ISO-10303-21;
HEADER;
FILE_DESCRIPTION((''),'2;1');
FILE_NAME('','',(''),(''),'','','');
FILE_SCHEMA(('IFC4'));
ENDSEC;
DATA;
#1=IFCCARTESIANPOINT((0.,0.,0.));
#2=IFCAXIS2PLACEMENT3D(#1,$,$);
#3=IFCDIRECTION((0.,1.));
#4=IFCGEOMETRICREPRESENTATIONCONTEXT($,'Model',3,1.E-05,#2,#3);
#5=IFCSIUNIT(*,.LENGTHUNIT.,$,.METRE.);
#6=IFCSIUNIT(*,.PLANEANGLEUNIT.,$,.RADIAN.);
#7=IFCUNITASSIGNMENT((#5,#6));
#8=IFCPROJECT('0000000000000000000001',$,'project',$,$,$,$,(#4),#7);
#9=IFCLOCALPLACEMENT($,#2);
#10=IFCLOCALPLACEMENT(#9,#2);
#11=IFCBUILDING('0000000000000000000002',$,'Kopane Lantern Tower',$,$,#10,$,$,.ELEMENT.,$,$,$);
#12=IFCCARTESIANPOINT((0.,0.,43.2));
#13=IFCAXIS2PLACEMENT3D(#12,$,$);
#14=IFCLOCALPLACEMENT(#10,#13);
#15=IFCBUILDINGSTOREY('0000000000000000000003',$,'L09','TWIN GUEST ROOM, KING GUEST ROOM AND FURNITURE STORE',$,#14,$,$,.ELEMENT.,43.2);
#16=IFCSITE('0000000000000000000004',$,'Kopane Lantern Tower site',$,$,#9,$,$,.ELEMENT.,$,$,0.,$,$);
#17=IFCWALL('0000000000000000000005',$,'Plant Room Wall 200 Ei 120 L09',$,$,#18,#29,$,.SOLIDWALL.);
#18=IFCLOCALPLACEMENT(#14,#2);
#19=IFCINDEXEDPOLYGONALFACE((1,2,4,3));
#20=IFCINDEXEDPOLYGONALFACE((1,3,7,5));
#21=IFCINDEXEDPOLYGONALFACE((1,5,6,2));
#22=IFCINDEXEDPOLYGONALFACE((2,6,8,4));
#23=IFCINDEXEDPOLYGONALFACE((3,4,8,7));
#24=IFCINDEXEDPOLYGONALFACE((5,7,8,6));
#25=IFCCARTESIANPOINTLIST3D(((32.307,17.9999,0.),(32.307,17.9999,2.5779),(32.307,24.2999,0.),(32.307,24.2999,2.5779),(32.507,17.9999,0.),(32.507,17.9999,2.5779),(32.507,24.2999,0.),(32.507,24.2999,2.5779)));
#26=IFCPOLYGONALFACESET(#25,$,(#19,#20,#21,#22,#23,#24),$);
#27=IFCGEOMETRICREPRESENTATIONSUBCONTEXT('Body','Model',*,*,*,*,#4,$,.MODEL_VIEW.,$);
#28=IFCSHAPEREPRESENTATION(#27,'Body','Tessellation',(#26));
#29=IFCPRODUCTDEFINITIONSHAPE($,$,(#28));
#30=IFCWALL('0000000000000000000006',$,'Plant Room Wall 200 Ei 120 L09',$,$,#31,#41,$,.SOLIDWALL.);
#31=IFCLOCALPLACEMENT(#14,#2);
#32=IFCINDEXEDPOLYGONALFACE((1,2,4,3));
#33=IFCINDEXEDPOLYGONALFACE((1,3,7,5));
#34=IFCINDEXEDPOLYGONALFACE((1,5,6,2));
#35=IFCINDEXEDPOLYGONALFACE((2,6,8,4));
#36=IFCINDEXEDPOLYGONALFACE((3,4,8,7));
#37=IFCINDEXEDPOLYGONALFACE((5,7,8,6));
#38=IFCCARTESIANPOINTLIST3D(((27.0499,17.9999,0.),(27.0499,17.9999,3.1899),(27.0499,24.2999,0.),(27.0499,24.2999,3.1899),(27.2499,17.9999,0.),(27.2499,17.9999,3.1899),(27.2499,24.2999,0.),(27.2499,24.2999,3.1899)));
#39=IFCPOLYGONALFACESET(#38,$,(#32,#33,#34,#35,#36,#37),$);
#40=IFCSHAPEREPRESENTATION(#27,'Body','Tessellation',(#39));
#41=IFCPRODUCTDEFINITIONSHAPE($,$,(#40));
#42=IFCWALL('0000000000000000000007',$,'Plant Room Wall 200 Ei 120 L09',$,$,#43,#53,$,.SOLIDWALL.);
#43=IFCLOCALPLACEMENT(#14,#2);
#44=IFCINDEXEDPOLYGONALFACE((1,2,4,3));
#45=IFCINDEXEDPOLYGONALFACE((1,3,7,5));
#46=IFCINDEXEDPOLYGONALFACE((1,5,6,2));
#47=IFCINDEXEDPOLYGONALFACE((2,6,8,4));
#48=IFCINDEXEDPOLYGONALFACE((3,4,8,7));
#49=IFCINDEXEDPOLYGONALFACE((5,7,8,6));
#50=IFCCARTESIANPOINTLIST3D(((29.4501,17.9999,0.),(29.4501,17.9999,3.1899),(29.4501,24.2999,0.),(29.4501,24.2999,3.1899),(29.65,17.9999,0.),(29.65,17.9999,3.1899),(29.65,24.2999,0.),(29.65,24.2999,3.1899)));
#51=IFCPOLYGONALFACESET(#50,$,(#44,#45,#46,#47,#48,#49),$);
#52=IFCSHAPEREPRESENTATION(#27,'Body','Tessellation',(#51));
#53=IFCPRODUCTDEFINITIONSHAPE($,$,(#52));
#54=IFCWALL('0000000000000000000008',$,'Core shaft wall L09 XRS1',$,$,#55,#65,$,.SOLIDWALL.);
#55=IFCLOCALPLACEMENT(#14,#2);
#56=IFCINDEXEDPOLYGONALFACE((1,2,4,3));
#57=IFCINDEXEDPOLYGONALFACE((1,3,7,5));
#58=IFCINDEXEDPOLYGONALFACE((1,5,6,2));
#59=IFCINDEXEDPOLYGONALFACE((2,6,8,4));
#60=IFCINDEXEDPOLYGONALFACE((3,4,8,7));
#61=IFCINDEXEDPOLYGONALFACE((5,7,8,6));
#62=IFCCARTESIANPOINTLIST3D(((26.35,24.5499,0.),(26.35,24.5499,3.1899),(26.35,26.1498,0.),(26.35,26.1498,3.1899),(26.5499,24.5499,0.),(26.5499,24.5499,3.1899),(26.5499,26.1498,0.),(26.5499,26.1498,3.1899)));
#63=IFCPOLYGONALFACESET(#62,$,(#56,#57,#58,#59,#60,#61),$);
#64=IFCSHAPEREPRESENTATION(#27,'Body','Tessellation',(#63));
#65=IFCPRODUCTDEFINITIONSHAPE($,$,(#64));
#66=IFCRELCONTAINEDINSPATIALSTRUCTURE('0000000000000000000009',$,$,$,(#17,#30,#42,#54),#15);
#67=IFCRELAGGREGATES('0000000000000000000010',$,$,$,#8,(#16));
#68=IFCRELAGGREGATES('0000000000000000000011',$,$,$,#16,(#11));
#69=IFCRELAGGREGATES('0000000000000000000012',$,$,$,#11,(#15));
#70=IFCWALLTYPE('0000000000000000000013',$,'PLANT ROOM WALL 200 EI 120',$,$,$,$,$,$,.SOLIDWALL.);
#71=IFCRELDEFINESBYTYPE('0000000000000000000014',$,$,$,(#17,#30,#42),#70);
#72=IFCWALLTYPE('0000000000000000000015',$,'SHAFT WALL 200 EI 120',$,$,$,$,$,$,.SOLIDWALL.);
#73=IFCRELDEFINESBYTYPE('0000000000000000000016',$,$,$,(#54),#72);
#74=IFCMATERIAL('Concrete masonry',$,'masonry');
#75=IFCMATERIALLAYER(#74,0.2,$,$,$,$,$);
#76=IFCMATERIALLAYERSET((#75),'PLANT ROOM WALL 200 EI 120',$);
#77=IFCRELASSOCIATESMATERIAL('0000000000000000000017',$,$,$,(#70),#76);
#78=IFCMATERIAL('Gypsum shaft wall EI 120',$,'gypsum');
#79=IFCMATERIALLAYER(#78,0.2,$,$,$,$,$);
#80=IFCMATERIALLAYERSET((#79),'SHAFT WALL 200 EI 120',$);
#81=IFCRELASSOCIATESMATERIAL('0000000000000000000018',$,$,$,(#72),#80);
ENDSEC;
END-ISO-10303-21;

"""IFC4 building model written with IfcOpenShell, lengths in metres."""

from ifc_helpers import new_model, si_unit, direction, frame, frame_2d, origin, place, context, subcontext, project, spatial, rectangle, extrude, material, layer, layer_set, type_object, element, save


model = new_model("IFC4")

# Units and contexts
model_context = context("Model", 3, precision=1e-05, world=origin(), true_north=direction((0.0, 1.0)))
body_context = subcontext(model_context, "Body", "Model", "MODEL_VIEW")
ifc_project = project(units=[si_unit("LENGTHUNIT", "METRE"), si_unit("PLANEANGLEUNIT", "RADIAN")], contexts=[model_context])

# Site, building, storey
site_placement = place(None, origin())
site = spatial("IfcSite", under=ifc_project, at=site_placement, Name="Kopane Lantern Tower site", CompositionType="ELEMENT", RefElevation=0.0)
building_placement = place(site_placement, origin())
building = spatial("IfcBuilding", under=site, at=building_placement, Name="Kopane Lantern Tower", CompositionType="ELEMENT")
storey_placement = place(building_placement, frame((0.0, 0.0, 43.2)))
storey = spatial("IfcBuildingStorey", under=building, at=storey_placement, Name="L09", Description="TWIN GUEST ROOM, KING GUEST ROOM AND FURNITURE STORE", CompositionType="ELEMENT", Elevation=43.2)

# Walls
ifc_material_1 = material(Name="Concrete masonry", Category="masonry")
ifc_layer_1 = layer(ifc_material_1, 0.2)
ifc_layer_set_1 = layer_set([ifc_layer_1], Name="PLANT ROOM WALL 200 EI 120")
wall_type_1 = type_object("IfcWallType", Name="PLANT ROOM WALL 200 EI 120", PredefinedType="SOLIDWALL", material=ifc_layer_set_1)
wall_1_placement = place(storey_placement, frame((32.407, 18.0, 0.0), z_axis=(0.0, 0.0, 1.0), x_axis=(0.0, 1.0, 0.0)))
element("IfcWall", 1, at=wall_1_placement, inside=storey, type_object=wall_type_1, Name="Plant Room Wall 200 Ei 120 L09", PredefinedType="SOLIDWALL", context=body_context, shape_type="SweptSolid", body=[
    extrude(rectangle(XDim=6.3, YDim=0.2, at=frame_2d((3.1499, 0.0))), origin(), (0.0, 0.0, 1.0), 2.5779),
])
for number, where, z_axis, x_axis, name in (
    (2, (27.1499, 18.0, 0.0), (0.0, 0.0, 1.0), (0.0, 1.0, 0.0), "Plant Room Wall 200 Ei 120 L09"),
    (3, (29.55, 18.0, 0.0), (0.0, 0.0, 1.0), (0.0, 1.0, 0.0), "Plant Room Wall 200 Ei 120 L09"),
):
    element("IfcWall", number, at=place(storey_placement, frame(where, z_axis=z_axis, x_axis=x_axis)), inside=storey, type_object=wall_type_1, Name=name, PredefinedType="SOLIDWALL", context=body_context, shape_type="SweptSolid", body=[
        extrude(rectangle(XDim=6.3, YDim=0.2, at=frame_2d((3.1499, 0.0))), origin(), (0.0, 0.0, 1.0), 3.1899),
    ])
ifc_material_2 = material(Name="Gypsum shaft wall EI 120", Category="gypsum")
ifc_layer_2 = layer(ifc_material_2, 0.2)
ifc_layer_set_2 = layer_set([ifc_layer_2], Name="SHAFT WALL 200 EI 120")
wall_type_2 = type_object("IfcWallType", Name="SHAFT WALL 200 EI 120", PredefinedType="SOLIDWALL", material=ifc_layer_set_2)
wall_2_placement = place(storey_placement, frame((26.45, 24.55, 0.0), z_axis=(0.0, 0.0, 1.0), x_axis=(0.0, 1.0, 0.0)))
element("IfcWall", 4, at=wall_2_placement, inside=storey, type_object=wall_type_2, Name="Core shaft wall L09 XRS1", PredefinedType="SOLIDWALL", context=body_context, shape_type="SweptSolid", body=[
    extrude(rectangle(XDim=1.5999, YDim=0.2, at=frame_2d((0.7998, 0.0))), origin(), (0.0, 0.0, 1.0), 3.1899),
])

save(model, "model.ifc")
